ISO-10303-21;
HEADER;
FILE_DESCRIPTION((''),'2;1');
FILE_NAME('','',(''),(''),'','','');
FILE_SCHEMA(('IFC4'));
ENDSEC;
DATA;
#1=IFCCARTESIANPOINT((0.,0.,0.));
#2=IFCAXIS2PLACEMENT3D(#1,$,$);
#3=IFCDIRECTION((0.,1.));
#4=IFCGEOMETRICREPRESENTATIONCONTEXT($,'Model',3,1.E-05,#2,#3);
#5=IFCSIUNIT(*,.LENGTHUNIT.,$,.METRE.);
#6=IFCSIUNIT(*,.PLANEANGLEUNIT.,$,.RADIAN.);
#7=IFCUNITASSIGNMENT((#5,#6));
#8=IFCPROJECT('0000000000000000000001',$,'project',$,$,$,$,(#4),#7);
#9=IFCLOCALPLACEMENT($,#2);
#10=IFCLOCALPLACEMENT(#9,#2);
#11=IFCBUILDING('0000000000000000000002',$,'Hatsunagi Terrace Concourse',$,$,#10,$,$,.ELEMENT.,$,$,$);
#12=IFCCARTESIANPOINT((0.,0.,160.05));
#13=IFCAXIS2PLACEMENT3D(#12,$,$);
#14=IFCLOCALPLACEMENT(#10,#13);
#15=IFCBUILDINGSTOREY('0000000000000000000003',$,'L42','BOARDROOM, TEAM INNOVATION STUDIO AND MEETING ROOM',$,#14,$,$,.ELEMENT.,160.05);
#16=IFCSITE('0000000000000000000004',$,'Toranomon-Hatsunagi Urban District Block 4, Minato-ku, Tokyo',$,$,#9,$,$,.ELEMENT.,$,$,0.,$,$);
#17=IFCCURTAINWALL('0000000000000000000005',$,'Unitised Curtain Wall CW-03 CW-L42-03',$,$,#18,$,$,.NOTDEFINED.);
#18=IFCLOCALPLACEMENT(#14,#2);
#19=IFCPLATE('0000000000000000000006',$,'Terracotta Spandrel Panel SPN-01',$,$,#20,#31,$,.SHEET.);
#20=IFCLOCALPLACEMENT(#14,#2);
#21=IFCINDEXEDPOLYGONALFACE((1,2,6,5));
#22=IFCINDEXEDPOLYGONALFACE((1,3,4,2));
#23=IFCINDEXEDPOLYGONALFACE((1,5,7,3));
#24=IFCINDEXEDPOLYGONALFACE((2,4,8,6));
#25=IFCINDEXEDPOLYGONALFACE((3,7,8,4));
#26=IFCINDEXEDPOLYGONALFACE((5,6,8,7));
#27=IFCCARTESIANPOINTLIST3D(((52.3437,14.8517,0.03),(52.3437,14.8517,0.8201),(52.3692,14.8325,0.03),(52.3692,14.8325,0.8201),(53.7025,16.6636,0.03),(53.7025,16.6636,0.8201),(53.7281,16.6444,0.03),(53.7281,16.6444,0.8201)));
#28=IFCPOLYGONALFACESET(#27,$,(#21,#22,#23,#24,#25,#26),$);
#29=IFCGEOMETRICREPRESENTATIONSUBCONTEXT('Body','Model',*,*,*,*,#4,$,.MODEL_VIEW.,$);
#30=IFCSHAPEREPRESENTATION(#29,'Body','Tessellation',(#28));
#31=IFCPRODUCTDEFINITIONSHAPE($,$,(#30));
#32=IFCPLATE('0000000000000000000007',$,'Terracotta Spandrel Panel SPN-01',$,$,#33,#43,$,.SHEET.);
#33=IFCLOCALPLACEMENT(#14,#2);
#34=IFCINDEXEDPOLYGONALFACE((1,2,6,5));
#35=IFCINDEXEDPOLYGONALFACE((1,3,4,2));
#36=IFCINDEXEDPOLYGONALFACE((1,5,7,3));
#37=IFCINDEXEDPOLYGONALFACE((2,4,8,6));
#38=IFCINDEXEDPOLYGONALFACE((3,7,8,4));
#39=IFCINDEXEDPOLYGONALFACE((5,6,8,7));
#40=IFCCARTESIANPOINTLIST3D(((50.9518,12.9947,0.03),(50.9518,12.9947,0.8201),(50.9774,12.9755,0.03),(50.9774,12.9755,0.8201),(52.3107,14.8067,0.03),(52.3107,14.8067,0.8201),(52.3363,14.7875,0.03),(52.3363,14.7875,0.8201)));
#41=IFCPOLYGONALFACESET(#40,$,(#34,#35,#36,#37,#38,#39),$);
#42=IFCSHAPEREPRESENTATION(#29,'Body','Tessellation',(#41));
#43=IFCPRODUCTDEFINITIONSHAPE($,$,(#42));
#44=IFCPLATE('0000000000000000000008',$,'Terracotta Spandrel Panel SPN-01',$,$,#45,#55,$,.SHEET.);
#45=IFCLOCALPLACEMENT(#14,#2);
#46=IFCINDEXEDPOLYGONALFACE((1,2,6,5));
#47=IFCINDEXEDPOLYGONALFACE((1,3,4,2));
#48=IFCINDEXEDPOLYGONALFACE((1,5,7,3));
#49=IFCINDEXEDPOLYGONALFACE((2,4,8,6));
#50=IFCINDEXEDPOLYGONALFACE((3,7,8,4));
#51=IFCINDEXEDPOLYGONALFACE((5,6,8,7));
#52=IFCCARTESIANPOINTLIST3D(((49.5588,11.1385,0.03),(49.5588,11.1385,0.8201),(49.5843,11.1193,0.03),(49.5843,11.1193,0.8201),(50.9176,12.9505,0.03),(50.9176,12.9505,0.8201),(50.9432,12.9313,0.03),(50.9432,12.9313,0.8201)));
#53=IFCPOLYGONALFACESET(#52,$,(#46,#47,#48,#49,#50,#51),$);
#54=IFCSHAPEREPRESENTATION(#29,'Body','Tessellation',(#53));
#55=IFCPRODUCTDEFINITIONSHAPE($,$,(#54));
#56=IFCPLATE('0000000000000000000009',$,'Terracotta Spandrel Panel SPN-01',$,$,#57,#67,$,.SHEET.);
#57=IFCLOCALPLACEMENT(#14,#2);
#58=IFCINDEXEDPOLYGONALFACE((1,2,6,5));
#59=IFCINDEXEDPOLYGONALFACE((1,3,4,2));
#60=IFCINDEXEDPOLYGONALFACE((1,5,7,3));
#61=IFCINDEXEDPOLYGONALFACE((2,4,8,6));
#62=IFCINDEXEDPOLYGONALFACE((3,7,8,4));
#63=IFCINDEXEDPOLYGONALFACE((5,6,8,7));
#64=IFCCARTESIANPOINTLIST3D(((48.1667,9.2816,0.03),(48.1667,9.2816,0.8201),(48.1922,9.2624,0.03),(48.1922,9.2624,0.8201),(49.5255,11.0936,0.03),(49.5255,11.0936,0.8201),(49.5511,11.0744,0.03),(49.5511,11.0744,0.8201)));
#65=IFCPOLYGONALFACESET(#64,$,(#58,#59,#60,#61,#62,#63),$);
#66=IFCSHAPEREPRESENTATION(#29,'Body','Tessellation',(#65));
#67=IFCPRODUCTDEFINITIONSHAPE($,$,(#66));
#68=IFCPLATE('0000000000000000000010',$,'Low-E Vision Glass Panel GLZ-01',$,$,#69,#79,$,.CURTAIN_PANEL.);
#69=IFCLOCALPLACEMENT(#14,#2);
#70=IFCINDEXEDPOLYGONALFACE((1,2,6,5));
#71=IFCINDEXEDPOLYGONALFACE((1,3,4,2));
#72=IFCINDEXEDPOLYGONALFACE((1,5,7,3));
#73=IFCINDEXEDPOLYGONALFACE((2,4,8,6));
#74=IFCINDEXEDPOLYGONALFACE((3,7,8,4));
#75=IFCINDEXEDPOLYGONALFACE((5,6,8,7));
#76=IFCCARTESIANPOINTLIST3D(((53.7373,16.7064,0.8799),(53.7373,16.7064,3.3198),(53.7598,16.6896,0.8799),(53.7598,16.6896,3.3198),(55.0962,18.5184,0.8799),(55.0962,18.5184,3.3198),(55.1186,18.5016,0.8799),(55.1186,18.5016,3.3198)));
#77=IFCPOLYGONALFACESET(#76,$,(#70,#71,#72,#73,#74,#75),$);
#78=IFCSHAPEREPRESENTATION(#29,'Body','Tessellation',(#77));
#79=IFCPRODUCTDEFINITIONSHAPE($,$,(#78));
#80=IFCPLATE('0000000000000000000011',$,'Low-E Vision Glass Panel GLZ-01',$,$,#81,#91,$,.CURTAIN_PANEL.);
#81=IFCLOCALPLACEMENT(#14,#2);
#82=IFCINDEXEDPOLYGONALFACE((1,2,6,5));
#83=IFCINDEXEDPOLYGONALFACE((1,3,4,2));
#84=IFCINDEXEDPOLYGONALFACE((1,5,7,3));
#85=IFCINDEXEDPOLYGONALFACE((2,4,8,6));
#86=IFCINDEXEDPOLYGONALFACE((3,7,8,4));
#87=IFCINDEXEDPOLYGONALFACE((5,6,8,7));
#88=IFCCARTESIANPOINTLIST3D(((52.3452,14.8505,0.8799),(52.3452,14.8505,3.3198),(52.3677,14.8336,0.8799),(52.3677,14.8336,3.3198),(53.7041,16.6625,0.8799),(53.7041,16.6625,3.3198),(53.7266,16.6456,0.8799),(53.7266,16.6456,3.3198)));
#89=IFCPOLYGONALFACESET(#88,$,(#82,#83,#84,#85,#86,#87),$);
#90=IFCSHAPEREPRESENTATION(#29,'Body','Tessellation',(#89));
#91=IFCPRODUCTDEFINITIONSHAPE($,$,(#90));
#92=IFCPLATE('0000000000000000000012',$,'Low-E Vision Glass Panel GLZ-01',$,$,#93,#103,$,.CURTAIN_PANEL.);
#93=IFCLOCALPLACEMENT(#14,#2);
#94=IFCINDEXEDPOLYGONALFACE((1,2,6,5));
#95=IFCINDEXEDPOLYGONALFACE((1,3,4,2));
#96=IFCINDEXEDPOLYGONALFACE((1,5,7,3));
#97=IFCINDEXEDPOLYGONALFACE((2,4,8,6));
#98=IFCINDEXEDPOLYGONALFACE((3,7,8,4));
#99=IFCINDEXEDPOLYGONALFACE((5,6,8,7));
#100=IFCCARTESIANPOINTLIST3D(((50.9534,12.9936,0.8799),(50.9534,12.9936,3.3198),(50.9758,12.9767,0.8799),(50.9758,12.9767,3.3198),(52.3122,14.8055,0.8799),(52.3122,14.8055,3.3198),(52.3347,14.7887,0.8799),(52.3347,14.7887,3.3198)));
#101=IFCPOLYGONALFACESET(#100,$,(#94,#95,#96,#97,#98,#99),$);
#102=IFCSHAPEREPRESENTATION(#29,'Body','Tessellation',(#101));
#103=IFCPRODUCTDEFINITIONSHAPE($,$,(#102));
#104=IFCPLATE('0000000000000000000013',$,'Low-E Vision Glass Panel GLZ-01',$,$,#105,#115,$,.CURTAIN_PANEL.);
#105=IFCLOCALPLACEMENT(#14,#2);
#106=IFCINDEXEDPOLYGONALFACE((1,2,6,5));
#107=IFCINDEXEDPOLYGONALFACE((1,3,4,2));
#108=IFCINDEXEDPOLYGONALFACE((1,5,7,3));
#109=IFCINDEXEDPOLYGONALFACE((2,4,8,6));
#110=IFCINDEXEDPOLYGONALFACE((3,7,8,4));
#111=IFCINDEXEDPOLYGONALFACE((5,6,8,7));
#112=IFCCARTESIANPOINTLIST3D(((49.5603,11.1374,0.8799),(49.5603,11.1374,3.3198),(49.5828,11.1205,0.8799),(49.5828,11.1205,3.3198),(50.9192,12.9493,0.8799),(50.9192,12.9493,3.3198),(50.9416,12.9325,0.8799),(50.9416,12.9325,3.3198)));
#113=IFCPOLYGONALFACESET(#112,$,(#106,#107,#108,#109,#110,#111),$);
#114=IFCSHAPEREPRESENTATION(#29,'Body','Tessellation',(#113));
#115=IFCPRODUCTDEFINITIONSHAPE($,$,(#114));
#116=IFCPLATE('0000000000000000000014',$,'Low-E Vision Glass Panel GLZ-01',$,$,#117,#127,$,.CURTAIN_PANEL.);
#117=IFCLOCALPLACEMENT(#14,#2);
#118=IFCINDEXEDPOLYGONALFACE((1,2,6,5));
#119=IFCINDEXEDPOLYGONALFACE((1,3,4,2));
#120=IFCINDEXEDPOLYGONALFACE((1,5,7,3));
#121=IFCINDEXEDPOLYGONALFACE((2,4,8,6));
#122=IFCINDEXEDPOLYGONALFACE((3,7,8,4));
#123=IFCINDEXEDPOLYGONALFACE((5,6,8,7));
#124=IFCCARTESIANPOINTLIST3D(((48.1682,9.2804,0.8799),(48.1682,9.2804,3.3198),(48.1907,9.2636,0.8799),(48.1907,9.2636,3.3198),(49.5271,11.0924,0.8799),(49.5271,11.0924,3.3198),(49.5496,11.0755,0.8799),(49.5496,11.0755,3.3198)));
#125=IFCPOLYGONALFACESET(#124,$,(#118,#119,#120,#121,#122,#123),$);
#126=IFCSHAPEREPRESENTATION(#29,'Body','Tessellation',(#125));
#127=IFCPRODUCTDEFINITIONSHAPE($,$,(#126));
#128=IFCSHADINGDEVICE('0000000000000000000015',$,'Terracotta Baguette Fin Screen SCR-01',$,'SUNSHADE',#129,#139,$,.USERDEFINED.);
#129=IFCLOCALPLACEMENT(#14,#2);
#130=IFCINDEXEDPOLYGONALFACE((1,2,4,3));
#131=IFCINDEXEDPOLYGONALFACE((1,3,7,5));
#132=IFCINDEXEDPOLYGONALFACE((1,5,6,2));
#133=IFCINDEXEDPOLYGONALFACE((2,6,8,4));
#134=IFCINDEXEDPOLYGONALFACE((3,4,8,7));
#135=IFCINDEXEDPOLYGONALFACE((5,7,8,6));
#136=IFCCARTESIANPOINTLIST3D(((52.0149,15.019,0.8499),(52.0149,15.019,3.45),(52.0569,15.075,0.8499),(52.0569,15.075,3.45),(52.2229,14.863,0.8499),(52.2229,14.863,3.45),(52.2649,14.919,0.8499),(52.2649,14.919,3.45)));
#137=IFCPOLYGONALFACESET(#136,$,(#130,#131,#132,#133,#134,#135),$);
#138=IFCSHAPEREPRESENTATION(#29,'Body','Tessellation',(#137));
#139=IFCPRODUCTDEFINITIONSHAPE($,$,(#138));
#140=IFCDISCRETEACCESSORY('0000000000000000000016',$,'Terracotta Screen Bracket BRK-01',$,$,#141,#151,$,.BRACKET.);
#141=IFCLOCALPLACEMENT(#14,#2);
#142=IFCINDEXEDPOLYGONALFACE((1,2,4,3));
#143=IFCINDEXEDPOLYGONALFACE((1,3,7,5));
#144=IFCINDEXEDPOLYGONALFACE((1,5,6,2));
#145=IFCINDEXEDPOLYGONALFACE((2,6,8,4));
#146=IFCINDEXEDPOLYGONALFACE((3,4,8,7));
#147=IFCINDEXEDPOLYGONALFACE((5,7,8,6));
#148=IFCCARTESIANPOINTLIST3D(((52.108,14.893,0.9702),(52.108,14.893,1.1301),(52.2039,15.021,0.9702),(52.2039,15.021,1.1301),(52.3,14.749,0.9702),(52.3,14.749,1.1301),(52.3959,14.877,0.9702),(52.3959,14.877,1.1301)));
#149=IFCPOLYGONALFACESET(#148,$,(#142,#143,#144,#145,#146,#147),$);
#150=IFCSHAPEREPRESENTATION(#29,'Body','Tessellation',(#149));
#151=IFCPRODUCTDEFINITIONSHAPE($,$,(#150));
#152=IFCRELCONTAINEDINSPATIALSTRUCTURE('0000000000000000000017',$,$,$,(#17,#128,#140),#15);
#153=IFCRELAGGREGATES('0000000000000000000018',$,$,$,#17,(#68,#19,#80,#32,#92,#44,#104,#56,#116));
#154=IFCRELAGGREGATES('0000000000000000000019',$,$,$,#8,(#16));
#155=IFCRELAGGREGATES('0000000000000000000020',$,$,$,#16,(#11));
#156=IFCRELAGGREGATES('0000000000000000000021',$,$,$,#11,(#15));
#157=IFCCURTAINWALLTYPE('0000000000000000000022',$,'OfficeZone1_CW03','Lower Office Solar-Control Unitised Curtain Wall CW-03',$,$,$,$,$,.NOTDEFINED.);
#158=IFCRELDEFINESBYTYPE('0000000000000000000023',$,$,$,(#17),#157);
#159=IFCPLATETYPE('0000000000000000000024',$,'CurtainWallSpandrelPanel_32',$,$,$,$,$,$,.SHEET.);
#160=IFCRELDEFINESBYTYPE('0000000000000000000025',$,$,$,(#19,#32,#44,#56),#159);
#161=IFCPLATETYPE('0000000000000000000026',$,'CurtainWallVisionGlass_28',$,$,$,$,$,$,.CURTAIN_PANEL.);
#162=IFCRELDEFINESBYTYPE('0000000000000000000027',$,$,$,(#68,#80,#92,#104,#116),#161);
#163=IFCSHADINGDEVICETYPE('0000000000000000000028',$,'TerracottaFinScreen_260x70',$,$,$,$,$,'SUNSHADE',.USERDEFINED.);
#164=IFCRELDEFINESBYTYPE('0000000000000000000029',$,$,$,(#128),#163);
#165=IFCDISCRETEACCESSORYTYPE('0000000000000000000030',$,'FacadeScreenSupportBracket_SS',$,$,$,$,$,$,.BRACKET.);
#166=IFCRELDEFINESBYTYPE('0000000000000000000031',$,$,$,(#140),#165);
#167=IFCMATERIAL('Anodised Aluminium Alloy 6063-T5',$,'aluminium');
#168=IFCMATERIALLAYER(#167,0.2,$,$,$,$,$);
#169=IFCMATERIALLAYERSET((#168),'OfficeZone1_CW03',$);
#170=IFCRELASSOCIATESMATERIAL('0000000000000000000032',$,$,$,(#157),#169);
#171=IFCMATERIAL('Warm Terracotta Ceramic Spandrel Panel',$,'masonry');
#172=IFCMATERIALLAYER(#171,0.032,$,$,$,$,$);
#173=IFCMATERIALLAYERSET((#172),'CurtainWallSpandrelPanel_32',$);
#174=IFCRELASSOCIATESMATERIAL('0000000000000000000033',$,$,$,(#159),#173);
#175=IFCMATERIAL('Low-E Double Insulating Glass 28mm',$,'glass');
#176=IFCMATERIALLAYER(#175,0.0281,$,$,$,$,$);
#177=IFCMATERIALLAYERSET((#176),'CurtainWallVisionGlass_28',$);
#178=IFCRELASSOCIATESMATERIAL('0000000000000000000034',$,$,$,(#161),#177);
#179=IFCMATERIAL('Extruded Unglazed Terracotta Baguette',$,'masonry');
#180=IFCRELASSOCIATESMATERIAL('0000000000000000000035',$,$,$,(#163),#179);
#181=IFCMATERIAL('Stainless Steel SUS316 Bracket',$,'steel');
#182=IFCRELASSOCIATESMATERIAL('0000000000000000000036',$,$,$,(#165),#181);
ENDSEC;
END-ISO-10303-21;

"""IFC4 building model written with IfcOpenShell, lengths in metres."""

from ifc_helpers import new_model, si_unit, direction, frame, origin, origin_2d, place, context, subcontext, project, spatial, rectangle, extrude, material, layer, layer_set, type_object, element, aggregate, save


model = new_model("IFC4")

# Units and contexts
model_context = context("Model", 3, precision=1e-05, world=origin(), true_north=direction((0.0, 1.0)))
body_context = subcontext(model_context, "Body", "Model", "MODEL_VIEW")
ifc_project = project(units=[si_unit("LENGTHUNIT", "METRE"), si_unit("PLANEANGLEUNIT", "RADIAN")], contexts=[model_context])

# Site, building, storey
site_placement = place(None, origin())
site = spatial("IfcSite", under=ifc_project, at=site_placement, Name="Toranomon-Hatsunagi Urban District Block 4, Minato-ku, Tokyo", CompositionType="ELEMENT", RefElevation=0.0)
building_placement = place(site_placement, origin())
building = spatial("IfcBuilding", under=site, at=building_placement, Name="Hatsunagi Terrace Concourse", CompositionType="ELEMENT")
storey_placement = place(building_placement, frame((0.0, 0.0, 160.05)))
storey = spatial("IfcBuildingStorey", under=building, at=storey_placement, Name="L42", Description="BOARDROOM, TEAM INNOVATION STUDIO AND MEETING ROOM", CompositionType="ELEMENT", Elevation=160.05)

# Curtain wall
ifc_material_1 = material(Name="Anodised Aluminium Alloy 6063-T5", Category="aluminium")
ifc_layer_1 = layer(ifc_material_1, 0.2)
ifc_layer_set_1 = layer_set([ifc_layer_1], Name="OfficeZone1_CW03")
curtain_wall_type = type_object("IfcCurtainWallType", Name="OfficeZone1_CW03", Description="Lower Office Solar-Control Unitised Curtain Wall CW-03", PredefinedType="NOTDEFINED", material=ifc_layer_set_1)
curtain_wall_placement = place(storey_placement, origin())
curtain_wall = element("IfcCurtainWall", 1, at=curtain_wall_placement, inside=storey, type_object=curtain_wall_type, Name="Unitised Curtain Wall CW-03 CW-L42-03", PredefinedType="NOTDEFINED")

# Plates
ifc_material_2 = material(Name="Warm Terracotta Ceramic Spandrel Panel", Category="masonry")
ifc_layer_2 = layer(ifc_material_2, 0.032)
ifc_layer_set_2 = layer_set([ifc_layer_2], Name="CurtainWallSpandrelPanel_32")
plate_type_1 = type_object("IfcPlateType", Name="CurtainWallSpandrelPanel_32", PredefinedType="SHEET", material=ifc_layer_set_2)
plate_1_placement = place(storey_placement, frame((53.0359, 15.748, 0.03), z_axis=(0.0, 0.0, 1.0), x_axis=(-0.599969, -0.800023, 0.0)))
plate_1 = element("IfcPlate", 2, at=plate_1_placement, type_object=plate_type_1, Name="Terracotta Spandrel Panel SPN-01", PredefinedType="SHEET", context=body_context, shape_type="SweptSolid", body=[
    extrude(rectangle(XDim=2.2649, YDim=0.032, at=origin_2d()), origin(), (0.0, 0.0, 1.0), 0.79),
])
plate_2_placement = place(storey_placement, frame((51.644, 13.8911, 0.03), z_axis=(0.0, 0.0, 1.0), x_axis=(-0.599969, -0.800023, 0.0)))
plate_2 = element("IfcPlate", 3, at=plate_2_placement, type_object=plate_type_1, Name="Terracotta Spandrel Panel SPN-01", PredefinedType="SHEET", context=body_context, shape_type="SweptSolid", body=[
    extrude(rectangle(XDim=2.2649, YDim=0.032, at=origin_2d()), origin(), (0.0, 0.0, 1.0), 0.79),
])
plate_3_placement = place(storey_placement, frame((50.251, 12.0349, 0.03), z_axis=(0.0, 0.0, 1.0), x_axis=(-0.599969, -0.800023, 0.0)))
plate_3 = element("IfcPlate", 4, at=plate_3_placement, type_object=plate_type_1, Name="Terracotta Spandrel Panel SPN-01", PredefinedType="SHEET", context=body_context, shape_type="SweptSolid", body=[
    extrude(rectangle(XDim=2.2649, YDim=0.032, at=origin_2d()), origin(), (0.0, 0.0, 1.0), 0.79),
])
plate_4_placement = place(storey_placement, frame((48.8589, 10.178, 0.03), z_axis=(0.0, 0.0, 1.0), x_axis=(-0.599969, -0.800023, 0.0)))
plate_4 = element("IfcPlate", 5, at=plate_4_placement, type_object=plate_type_1, Name="Terracotta Spandrel Panel SPN-01", PredefinedType="SHEET", context=body_context, shape_type="SweptSolid", body=[
    extrude(rectangle(XDim=2.2649, YDim=0.032, at=origin_2d()), origin(), (0.0, 0.0, 1.0), 0.79),
])
ifc_material_3 = material(Name="Low-E Double Insulating Glass 28mm", Category="glass")
ifc_layer_3 = layer(ifc_material_3, 0.0281)
ifc_layer_set_3 = layer_set([ifc_layer_3], Name="CurtainWallVisionGlass_28")
plate_type_2 = type_object("IfcPlateType", Name="CurtainWallVisionGlass_28", PredefinedType="CURTAIN_PANEL", material=ifc_layer_set_3)
plate_5_placement = place(storey_placement, frame((54.428, 17.604, 0.8799), z_axis=(0.0, 0.0, 1.0), x_axis=(-0.599969, -0.800023, 0.0)))
plate_5 = element("IfcPlate", 6, at=plate_5_placement, type_object=plate_type_2, Name="Low-E Vision Glass Panel GLZ-01", PredefinedType="CURTAIN_PANEL", context=body_context, shape_type="SweptSolid", body=[
    extrude(rectangle(XDim=2.2649, YDim=0.0281, at=origin_2d()), origin(), (0.0, 0.0, 1.0), 2.4399),
])
plate_6_placement = place(storey_placement, frame((53.0359, 15.748, 0.8799), z_axis=(0.0, 0.0, 1.0), x_axis=(-0.599969, -0.800023, 0.0)))
plate_6 = element("IfcPlate", 7, at=plate_6_placement, type_object=plate_type_2, Name="Low-E Vision Glass Panel GLZ-01", PredefinedType="CURTAIN_PANEL", context=body_context, shape_type="SweptSolid", body=[
    extrude(rectangle(XDim=2.2649, YDim=0.0281, at=origin_2d()), origin(), (0.0, 0.0, 1.0), 2.4399),
])
plate_7_placement = place(storey_placement, frame((51.644, 13.8911, 0.8799), z_axis=(0.0, 0.0, 1.0), x_axis=(-0.599969, -0.800023, 0.0)))
plate_7 = element("IfcPlate", 8, at=plate_7_placement, type_object=plate_type_2, Name="Low-E Vision Glass Panel GLZ-01", PredefinedType="CURTAIN_PANEL", context=body_context, shape_type="SweptSolid", body=[
    extrude(rectangle(XDim=2.2649, YDim=0.0281, at=origin_2d()), origin(), (0.0, 0.0, 1.0), 2.4399),
])
plate_8_placement = place(storey_placement, frame((50.251, 12.0349, 0.8799), z_axis=(0.0, 0.0, 1.0), x_axis=(-0.599969, -0.800023, 0.0)))
plate_8 = element("IfcPlate", 9, at=plate_8_placement, type_object=plate_type_2, Name="Low-E Vision Glass Panel GLZ-01", PredefinedType="CURTAIN_PANEL", context=body_context, shape_type="SweptSolid", body=[
    extrude(rectangle(XDim=2.2649, YDim=0.0281, at=origin_2d()), origin(), (0.0, 0.0, 1.0), 2.4399),
])
plate_9_placement = place(storey_placement, frame((48.8589, 10.178, 0.8799), z_axis=(0.0, 0.0, 1.0), x_axis=(-0.599969, -0.800023, 0.0)))
plate_9 = element("IfcPlate", 10, at=plate_9_placement, type_object=plate_type_2, Name="Low-E Vision Glass Panel GLZ-01", PredefinedType="CURTAIN_PANEL", context=body_context, shape_type="SweptSolid", body=[
    extrude(rectangle(XDim=2.2649, YDim=0.0281, at=origin_2d()), origin(), (0.0, 0.0, 1.0), 2.4399),
])
aggregate(curtain_wall, [plate_5, plate_1, plate_6, plate_2, plate_7, plate_3, plate_8, plate_4, plate_9])

# Shading device
ifc_material_4 = material(Name="Extruded Unglazed Terracotta Baguette", Category="masonry")
shading_device_type = type_object("IfcShadingDeviceType", Name="TerracottaFinScreen_260x70", ElementType="SUNSHADE", PredefinedType="USERDEFINED", material=ifc_material_4)
shading_device_placement = place(storey_placement, frame((52.1399, 14.969, 0.8499), z_axis=(0.0, 0.0, 1.0), x_axis=(-0.599969, -0.800023, 0.0)))
element("IfcShadingDevice", 11, at=shading_device_placement, inside=storey, type_object=shading_device_type, Name="Terracotta Baguette Fin Screen SCR-01", ObjectType="SUNSHADE", PredefinedType="USERDEFINED", context=body_context, shape_type="SweptSolid", body=[
    extrude(rectangle(XDim=0.0701, YDim=0.26, at=origin_2d()), origin(), (0.0, 0.0, 1.0), 2.6001),
])

# Discrete accessory
ifc_material_5 = material(Name="Stainless Steel SUS316 Bracket", Category="steel")
discrete_accessory_type = type_object("IfcDiscreteAccessoryType", Name="FacadeScreenSupportBracket_SS", PredefinedType="BRACKET", material=ifc_material_5)
discrete_accessory_placement = place(storey_placement, frame((52.252, 14.885, 0.9702), z_axis=(0.0, 0.0, 1.0), x_axis=(-0.599969, -0.800023, 0.0)))
element("IfcDiscreteAccessory", 12, at=discrete_accessory_placement, inside=storey, type_object=discrete_accessory_type, Name="Terracotta Screen Bracket BRK-01", PredefinedType="BRACKET", context=body_context, shape_type="SweptSolid", body=[
    extrude(rectangle(XDim=0.1599, YDim=0.24, at=origin_2d()), origin(), (0.0, 0.0, 1.0), 0.1599),
])

save(model, "model.ifc")
